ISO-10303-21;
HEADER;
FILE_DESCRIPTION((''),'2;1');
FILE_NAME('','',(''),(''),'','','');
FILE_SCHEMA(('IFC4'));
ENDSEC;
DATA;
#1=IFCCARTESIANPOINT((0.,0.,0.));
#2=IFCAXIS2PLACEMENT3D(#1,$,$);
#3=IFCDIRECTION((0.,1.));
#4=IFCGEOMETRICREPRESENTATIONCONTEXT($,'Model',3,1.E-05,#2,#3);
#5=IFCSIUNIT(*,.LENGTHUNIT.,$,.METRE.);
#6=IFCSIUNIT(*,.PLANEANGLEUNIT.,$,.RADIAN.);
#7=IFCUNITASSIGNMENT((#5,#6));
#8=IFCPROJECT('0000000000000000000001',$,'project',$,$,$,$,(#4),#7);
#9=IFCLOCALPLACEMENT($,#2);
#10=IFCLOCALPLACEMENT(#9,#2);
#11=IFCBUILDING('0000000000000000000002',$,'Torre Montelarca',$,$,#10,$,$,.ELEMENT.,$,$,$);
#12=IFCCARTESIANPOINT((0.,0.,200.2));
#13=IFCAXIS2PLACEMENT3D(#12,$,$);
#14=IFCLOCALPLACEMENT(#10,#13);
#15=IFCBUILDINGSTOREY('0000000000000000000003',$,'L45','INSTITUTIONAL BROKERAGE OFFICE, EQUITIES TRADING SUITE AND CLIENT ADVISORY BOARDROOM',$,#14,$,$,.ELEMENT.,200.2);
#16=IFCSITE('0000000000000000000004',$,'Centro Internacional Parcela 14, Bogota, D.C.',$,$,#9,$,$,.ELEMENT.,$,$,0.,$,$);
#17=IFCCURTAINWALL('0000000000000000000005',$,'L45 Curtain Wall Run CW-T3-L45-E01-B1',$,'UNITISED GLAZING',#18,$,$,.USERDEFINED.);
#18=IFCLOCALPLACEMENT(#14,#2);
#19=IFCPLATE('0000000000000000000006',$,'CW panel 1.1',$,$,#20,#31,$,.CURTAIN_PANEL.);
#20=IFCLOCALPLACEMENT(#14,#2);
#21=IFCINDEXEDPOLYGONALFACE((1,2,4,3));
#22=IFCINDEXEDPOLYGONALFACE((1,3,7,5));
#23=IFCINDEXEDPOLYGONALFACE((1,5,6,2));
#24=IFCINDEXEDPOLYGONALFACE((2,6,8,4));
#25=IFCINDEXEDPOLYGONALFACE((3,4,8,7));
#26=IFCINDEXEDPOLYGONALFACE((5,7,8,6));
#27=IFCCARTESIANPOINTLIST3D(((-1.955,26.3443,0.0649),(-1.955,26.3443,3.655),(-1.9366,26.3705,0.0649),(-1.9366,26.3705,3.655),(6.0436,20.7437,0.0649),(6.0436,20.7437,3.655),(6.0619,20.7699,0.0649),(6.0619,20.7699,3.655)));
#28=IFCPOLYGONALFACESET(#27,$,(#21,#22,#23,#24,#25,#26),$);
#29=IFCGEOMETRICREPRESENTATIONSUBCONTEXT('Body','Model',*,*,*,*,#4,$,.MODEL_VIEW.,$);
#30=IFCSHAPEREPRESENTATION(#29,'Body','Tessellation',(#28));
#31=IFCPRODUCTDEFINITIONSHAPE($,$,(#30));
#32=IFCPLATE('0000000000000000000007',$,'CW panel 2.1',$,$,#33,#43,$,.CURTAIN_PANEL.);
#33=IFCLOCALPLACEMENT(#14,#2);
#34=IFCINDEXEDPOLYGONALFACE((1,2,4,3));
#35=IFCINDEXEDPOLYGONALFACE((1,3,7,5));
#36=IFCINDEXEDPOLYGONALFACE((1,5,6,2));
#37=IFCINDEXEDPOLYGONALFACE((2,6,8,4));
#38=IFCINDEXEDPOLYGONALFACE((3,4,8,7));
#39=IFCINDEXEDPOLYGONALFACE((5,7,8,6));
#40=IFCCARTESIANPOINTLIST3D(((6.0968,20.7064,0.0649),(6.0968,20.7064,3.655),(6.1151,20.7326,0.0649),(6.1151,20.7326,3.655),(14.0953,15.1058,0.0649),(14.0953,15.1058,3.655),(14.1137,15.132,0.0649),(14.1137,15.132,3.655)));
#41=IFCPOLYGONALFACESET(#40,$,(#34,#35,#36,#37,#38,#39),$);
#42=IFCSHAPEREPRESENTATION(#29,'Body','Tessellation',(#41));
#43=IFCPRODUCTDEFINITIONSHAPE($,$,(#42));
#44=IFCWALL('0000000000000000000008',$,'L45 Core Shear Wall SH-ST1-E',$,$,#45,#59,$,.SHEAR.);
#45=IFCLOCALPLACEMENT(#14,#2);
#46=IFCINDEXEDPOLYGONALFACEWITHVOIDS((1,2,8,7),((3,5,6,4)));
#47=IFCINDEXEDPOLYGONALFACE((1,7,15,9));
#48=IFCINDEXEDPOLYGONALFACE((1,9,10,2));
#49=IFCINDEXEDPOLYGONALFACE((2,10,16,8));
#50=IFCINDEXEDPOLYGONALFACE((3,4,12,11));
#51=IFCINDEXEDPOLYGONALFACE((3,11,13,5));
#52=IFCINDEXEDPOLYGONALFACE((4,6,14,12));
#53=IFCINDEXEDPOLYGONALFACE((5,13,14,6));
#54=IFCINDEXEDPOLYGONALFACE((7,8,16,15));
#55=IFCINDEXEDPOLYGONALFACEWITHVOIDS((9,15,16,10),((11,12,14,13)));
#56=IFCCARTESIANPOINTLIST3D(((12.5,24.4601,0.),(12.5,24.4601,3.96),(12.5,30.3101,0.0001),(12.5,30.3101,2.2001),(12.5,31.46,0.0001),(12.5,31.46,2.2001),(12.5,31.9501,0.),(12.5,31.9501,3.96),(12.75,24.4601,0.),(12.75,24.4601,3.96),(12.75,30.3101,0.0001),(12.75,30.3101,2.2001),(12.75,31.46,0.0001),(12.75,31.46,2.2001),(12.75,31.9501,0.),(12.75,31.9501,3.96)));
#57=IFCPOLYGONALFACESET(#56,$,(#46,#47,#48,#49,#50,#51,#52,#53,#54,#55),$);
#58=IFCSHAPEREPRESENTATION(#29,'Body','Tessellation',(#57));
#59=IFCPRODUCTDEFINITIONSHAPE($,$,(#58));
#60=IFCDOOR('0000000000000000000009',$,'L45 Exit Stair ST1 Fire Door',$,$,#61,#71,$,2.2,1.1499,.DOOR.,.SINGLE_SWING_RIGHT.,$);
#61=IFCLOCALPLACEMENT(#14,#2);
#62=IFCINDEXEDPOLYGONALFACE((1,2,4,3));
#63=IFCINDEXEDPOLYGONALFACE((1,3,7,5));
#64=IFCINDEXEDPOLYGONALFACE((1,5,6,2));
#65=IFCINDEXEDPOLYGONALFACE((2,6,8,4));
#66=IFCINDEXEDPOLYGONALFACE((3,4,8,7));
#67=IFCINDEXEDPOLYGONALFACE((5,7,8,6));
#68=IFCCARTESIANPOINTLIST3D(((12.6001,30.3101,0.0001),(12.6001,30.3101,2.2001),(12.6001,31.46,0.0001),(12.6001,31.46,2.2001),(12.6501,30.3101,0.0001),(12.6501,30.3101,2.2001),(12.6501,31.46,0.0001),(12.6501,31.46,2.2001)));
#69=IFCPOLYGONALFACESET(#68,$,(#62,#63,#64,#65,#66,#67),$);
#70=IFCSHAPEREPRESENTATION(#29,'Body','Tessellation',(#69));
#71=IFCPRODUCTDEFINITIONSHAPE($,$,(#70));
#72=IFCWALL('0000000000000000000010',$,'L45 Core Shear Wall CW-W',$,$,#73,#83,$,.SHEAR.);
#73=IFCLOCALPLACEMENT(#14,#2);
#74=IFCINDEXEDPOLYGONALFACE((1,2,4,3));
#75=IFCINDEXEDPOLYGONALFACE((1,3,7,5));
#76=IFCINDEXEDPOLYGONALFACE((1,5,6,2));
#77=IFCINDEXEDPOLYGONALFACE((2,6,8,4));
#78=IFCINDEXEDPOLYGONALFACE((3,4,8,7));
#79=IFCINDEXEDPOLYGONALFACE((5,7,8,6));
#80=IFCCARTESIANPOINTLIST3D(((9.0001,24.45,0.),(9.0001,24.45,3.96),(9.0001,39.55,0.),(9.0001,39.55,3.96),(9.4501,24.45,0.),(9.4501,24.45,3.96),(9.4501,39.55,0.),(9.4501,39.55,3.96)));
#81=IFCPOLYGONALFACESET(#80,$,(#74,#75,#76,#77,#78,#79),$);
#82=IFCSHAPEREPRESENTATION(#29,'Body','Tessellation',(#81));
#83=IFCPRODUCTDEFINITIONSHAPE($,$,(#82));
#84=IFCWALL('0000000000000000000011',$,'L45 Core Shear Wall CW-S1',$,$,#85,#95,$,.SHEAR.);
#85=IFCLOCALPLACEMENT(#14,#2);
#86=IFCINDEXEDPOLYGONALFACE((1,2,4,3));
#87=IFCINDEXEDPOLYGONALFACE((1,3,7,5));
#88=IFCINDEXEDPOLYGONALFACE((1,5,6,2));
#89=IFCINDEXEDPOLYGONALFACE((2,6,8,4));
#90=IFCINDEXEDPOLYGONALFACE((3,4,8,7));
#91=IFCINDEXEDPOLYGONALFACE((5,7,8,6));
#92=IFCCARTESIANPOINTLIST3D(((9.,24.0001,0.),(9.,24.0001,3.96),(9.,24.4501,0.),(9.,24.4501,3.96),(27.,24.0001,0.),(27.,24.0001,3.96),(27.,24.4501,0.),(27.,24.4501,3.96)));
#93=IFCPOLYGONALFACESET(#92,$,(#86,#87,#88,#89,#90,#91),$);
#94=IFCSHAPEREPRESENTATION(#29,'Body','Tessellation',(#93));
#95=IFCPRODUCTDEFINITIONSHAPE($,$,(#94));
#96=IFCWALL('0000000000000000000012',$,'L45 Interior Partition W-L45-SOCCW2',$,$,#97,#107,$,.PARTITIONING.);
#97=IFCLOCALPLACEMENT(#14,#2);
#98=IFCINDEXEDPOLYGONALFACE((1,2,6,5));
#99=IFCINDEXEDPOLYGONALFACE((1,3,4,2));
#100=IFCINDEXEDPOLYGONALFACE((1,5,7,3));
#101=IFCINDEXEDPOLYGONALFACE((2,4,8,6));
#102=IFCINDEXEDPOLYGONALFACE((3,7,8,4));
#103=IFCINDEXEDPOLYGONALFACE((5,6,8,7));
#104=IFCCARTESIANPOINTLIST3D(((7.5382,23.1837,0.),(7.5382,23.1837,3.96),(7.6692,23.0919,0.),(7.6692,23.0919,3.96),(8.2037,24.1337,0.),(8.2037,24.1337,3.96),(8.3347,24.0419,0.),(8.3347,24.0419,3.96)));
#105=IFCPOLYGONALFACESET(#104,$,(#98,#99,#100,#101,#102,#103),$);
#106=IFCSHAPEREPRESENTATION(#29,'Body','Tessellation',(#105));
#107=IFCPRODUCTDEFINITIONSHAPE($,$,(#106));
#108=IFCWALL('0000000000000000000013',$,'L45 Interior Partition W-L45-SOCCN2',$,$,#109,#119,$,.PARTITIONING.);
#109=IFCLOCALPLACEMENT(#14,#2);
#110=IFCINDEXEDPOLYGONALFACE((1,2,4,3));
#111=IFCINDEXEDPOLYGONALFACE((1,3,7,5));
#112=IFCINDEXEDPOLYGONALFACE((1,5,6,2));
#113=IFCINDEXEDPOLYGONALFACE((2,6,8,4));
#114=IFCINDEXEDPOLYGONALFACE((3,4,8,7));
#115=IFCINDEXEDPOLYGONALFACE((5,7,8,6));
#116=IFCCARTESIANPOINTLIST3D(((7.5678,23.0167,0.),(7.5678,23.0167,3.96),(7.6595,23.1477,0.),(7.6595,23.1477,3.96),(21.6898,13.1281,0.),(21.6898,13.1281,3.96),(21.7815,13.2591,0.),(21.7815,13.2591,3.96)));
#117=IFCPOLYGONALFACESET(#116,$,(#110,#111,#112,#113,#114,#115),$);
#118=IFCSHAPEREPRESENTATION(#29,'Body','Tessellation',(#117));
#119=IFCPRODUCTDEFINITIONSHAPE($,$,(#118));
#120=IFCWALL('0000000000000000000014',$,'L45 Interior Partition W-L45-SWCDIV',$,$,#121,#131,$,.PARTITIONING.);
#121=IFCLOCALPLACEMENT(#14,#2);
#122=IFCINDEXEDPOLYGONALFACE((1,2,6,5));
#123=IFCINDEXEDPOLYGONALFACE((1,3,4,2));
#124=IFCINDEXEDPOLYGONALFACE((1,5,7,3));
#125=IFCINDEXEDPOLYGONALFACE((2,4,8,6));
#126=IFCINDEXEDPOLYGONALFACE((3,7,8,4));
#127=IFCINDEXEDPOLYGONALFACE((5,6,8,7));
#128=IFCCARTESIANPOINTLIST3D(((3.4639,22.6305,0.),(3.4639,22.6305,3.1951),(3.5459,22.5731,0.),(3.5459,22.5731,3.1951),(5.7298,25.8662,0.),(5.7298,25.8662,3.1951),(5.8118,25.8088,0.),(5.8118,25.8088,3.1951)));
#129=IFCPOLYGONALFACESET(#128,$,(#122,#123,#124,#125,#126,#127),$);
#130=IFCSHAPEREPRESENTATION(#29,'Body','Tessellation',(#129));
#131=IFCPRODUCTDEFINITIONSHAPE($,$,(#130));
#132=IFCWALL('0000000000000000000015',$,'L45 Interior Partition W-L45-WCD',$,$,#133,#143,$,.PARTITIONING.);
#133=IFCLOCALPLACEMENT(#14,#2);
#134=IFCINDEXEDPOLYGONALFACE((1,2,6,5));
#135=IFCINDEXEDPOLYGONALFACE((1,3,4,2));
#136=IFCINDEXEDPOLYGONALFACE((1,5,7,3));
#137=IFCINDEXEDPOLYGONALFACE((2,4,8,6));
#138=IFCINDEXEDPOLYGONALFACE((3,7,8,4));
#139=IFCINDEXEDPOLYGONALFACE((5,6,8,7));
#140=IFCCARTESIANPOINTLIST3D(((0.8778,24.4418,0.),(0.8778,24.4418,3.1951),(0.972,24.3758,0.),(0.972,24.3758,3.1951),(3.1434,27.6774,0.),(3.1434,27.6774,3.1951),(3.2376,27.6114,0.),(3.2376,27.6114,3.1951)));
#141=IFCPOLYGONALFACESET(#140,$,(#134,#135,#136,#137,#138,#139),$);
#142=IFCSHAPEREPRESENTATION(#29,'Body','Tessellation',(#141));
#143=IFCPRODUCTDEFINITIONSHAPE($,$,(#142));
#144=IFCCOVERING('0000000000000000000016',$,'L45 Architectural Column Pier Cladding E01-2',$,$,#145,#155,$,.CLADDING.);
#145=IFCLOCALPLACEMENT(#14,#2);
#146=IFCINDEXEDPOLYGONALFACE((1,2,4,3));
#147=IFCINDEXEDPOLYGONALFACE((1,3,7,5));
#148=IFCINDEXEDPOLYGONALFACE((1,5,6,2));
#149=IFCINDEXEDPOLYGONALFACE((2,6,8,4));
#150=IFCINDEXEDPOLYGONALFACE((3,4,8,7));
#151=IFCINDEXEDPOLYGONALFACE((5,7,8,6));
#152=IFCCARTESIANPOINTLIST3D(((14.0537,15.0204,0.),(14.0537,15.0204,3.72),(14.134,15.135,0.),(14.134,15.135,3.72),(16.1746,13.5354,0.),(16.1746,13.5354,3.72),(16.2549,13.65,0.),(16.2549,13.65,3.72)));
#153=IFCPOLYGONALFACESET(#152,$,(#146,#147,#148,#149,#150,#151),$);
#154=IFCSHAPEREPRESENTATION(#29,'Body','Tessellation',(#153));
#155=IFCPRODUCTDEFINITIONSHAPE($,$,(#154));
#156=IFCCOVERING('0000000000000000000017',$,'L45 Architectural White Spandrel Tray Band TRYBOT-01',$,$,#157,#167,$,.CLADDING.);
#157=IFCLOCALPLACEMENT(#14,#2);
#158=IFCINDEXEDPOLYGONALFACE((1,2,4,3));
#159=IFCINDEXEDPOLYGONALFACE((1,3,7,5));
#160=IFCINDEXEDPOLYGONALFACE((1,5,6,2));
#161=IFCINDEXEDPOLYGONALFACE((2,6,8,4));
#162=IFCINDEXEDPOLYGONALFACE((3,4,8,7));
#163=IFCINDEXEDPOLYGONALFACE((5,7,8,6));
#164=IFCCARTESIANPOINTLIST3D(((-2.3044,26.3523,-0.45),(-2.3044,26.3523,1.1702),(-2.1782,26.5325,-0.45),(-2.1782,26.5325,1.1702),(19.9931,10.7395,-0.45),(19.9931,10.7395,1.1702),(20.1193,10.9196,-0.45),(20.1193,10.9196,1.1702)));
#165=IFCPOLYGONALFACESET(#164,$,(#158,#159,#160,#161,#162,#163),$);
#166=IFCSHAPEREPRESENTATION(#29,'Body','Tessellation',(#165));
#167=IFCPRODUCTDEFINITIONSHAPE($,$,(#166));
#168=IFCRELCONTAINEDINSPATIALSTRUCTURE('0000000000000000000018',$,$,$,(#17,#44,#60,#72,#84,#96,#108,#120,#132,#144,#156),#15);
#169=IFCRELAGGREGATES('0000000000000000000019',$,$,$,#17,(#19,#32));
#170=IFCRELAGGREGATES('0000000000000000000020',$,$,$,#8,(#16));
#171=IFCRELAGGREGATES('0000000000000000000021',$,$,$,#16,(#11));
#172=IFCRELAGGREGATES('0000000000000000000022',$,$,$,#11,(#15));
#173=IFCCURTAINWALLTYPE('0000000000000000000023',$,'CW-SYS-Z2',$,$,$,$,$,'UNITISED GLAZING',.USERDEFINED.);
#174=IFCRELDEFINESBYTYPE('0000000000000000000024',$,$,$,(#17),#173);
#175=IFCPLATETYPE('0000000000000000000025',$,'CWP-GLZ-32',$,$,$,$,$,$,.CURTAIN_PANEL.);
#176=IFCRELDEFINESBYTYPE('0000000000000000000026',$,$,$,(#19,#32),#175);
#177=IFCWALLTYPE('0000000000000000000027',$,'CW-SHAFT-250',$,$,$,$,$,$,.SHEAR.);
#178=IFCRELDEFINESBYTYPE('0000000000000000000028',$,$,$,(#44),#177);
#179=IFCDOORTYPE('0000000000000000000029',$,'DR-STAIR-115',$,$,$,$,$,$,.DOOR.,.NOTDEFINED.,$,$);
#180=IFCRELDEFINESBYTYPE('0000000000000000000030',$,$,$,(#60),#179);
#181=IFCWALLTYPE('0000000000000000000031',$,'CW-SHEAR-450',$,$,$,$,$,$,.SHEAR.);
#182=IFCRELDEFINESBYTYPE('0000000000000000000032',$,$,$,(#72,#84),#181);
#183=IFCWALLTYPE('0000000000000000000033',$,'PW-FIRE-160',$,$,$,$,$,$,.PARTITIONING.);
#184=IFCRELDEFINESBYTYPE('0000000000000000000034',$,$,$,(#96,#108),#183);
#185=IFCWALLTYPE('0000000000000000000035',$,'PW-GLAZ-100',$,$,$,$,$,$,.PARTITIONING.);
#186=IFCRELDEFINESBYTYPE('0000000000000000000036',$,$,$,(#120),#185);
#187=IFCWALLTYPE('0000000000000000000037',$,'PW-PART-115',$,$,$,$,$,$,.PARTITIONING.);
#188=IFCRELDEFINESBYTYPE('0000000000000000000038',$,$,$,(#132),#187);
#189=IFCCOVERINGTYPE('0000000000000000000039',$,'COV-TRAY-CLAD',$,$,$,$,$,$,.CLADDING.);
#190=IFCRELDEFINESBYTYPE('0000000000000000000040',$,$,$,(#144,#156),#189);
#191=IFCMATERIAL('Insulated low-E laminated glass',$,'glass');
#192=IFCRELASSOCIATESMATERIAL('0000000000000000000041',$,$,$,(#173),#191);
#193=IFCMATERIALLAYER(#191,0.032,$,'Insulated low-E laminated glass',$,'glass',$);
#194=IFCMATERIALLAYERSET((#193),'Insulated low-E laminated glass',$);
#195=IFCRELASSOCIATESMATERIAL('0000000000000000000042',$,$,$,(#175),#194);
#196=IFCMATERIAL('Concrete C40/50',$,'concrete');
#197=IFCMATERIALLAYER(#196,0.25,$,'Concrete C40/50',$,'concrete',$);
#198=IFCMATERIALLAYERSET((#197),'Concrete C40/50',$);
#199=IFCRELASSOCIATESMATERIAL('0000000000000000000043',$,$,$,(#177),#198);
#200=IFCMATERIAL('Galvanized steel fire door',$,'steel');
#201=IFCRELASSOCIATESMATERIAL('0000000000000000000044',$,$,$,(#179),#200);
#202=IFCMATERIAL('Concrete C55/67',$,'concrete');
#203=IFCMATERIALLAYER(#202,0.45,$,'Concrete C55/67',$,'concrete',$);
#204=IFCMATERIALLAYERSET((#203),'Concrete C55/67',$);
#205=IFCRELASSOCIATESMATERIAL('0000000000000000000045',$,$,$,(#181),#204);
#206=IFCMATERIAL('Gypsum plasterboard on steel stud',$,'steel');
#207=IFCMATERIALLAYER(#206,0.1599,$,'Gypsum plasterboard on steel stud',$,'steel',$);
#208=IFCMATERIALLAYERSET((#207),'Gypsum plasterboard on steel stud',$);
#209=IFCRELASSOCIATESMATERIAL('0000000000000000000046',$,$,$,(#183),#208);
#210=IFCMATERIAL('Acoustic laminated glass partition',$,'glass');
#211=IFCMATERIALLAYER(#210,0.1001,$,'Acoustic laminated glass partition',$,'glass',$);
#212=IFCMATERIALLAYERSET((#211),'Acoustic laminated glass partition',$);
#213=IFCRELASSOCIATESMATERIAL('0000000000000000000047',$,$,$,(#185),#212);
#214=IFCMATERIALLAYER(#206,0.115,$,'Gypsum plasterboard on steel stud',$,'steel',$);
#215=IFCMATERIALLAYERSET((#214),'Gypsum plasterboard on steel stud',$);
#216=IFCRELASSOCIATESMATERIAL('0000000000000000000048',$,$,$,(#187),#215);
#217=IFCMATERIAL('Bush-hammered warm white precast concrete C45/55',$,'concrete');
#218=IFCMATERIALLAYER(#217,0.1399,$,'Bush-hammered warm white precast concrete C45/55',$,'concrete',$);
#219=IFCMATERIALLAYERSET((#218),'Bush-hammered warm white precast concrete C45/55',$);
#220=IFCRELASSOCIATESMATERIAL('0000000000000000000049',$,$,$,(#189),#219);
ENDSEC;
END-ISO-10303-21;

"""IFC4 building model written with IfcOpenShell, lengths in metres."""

from ifc_helpers import new_model, si_unit, direction, frame, frame_2d, origin, origin_2d, place, context, subcontext, project, spatial, rectangle, extrude, source, transform, mapped, material, layer, layer_set, type_object, element, fill, aggregate, save


model = new_model("IFC4")

# Units and contexts
model_context = context("Model", 3, precision=1e-05, world=origin(), true_north=direction((0.0, 1.0)))
body_context = subcontext(model_context, "Body", "Model", "MODEL_VIEW")
ifc_project = project(units=[si_unit("LENGTHUNIT", "METRE"), si_unit("PLANEANGLEUNIT", "RADIAN")], contexts=[model_context])

# Site, building, storey
site_placement = place(None, origin())
site = spatial("IfcSite", under=ifc_project, at=site_placement, Name="Centro Internacional Parcela 14, Bogota, D.C.", CompositionType="ELEMENT", RefElevation=0.0)
building_placement = place(site_placement, origin())
building = spatial("IfcBuilding", under=site, at=building_placement, Name="Torre Montelarca", CompositionType="ELEMENT")
storey_placement = place(building_placement, frame((0.0, 0.0, 200.2)))
storey = spatial("IfcBuildingStorey", under=building, at=storey_placement, Name="L45", Description="INSTITUTIONAL BROKERAGE OFFICE, EQUITIES TRADING SUITE AND CLIENT ADVISORY BOARDROOM", CompositionType="ELEMENT", Elevation=200.2)

# Shared definitions
ifc_material_1 = material(Name="Concrete C55/67", Category="concrete")

# Curtain wall
ifc_material_2 = material(Name="Insulated low-E laminated glass", Category="glass")
curtain_wall_type = type_object("IfcCurtainWallType", Name="CW-SYS-Z2", ElementType="UNITISED GLAZING", PredefinedType="USERDEFINED", material=ifc_material_2)
curtain_wall_1_placement = place(storey_placement, origin())
curtain_wall_1 = element("IfcCurtainWall", 1, at=curtain_wall_1_placement, inside=storey, type_object=curtain_wall_type, Name="L45 Curtain Wall Run CW-T3-L45-E01-B1", ObjectType="UNITISED GLAZING", PredefinedType="USERDEFINED")

# Shared definitions
ifc_material_3 = material(Name="Concrete C40/50", Category="concrete")

# Plates
ifc_layer_1 = layer(ifc_material_2, 0.032, Name="Insulated low-E laminated glass", Category="glass")
ifc_layer_set_1 = layer_set([ifc_layer_1], Name="Insulated low-E laminated glass")
plate_type = type_object("IfcPlateType", Name="CWP-GLZ-32", PredefinedType="CURTAIN_PANEL", material=ifc_layer_set_1)
shared_shape_1 = source(origin(), body_context, "Body", "SweptSolid", [
    extrude(rectangle(XDim=9.7644, YDim=0.032, at=origin_2d()), origin(), (0.0, 0.0, 1.0), 3.5901),
])
plate_1_placement = place(storey_placement, frame((2.0535, 23.5571, 0.0649), z_axis=(0.0, 0.0, 1.0), x_axis=(0.819155, -0.573573, 0.0)))
plate_1 = element("IfcPlate", 2, at=plate_1_placement, type_object=plate_type, Name="CW panel 1.1", PredefinedType="CURTAIN_PANEL", context=body_context, shape_type="MappedRepresentation", body=[
    mapped(shared_shape_1, transform((0.0, 0.0, 0.0), scale=1.0)),
])
plate_2_placement = place(storey_placement, frame((10.1052, 17.9192, 0.0649), z_axis=(0.0, 0.0, 1.0), x_axis=(0.819155, -0.573573, 0.0)))
plate_2 = element("IfcPlate", 3, at=plate_2_placement, type_object=plate_type, Name="CW panel 2.1", PredefinedType="CURTAIN_PANEL", context=body_context, shape_type="MappedRepresentation", body=[
    mapped(shared_shape_1, transform((0.0, 0.0, 0.0), scale=1.0)),
])
aggregate(curtain_wall_1, [plate_1, plate_2])

# Wall, opening, door
ifc_layer_2 = layer(ifc_material_3, 0.25, Name="Concrete C40/50", Category="concrete")
ifc_layer_set_2 = layer_set([ifc_layer_2], Name="Concrete C40/50")
wall_type_1 = type_object("IfcWallType", Name="CW-SHAFT-250", PredefinedType="SHEAR", material=ifc_layer_set_2)
wall_1_placement = place(storey_placement, frame((12.625, 24.46, 0.0), z_axis=(0.0, 0.0, 1.0), x_axis=(0.0, 1.0, 0.0)))
wall_1 = element("IfcWall", 4, at=wall_1_placement, inside=storey, type_object=wall_type_1, Name="L45 Core Shear Wall SH-ST1-E", PredefinedType="SHEAR", context=body_context, shape_type="SweptSolid", body=[
    extrude(rectangle(XDim=7.49, YDim=0.25, at=frame_2d((3.7451, 0.0))), origin(), (0.0, 0.0, 1.0), 3.96),
])
opening_1_placement = place(wall_1_placement, frame((5.8501, 0.0, 0.0)))
opening_1 = element("IfcOpeningElement", 5, at=opening_1_placement, cuts=wall_1, PredefinedType="OPENING", context=body_context, shape_type="SweptSolid", body=[
    extrude(rectangle(XDim=1.1499, YDim=2.2, at=frame_2d((0.575, 1.1001))), frame((0.0, 0.135, 0.0), z_axis=(0.0, -1.0, 0.0), x_axis=(1.0, 0.0, 0.0)), (0.0, 0.0, 1.0), 0.27),
])
ifc_material_4 = material(Name="Galvanized steel fire door", Category="steel")
door_type_1 = type_object("IfcDoorType", Name="DR-STAIR-115", OperationType="NOTDEFINED", PredefinedType="DOOR", material=ifc_material_4)
shared_shape_2 = source(origin(), body_context, "Body", "SweptSolid", [
    extrude(rectangle(XDim=1.1499, YDim=2.2, at=frame_2d((0.575, 1.1001))), frame((0.0, 0.0249, 0.0), z_axis=(0.0, -1.0, 0.0), x_axis=(1.0, 0.0, 0.0)), (0.0, 0.0, 1.0), 0.05),
])
door_1_placement = place(opening_1_placement, origin())
door_1 = element("IfcDoor", 6, at=door_1_placement, inside=storey, type_object=door_type_1, Name="L45 Exit Stair ST1 Fire Door", OperationType="SINGLE_SWING_RIGHT", OverallHeight=2.2, OverallWidth=1.1499, PredefinedType="DOOR", context=body_context, shape_type="MappedRepresentation", body=[
    mapped(shared_shape_2, transform((0.0, 0.0, 0.0), scale=1.0)),
])
fill(opening_1, door_1)

# Walls
ifc_layer_3 = layer(ifc_material_1, 0.45, Name="Concrete C55/67", Category="concrete")
ifc_layer_set_3 = layer_set([ifc_layer_3], Name="Concrete C55/67")
wall_type_2 = type_object("IfcWallType", Name="CW-SHEAR-450", PredefinedType="SHEAR", material=ifc_layer_set_3)
wall_2_placement = place(storey_placement, frame((9.2251, 24.45, 0.0), z_axis=(0.0, 0.0, 1.0), x_axis=(0.0, 1.0, 0.0)))
element("IfcWall", 7, at=wall_2_placement, inside=storey, type_object=wall_type_2, Name="L45 Core Shear Wall CW-W", PredefinedType="SHEAR", context=body_context, shape_type="SweptSolid", body=[
    extrude(rectangle(XDim=15.1001, YDim=0.45, at=frame_2d((7.55, 0.0))), origin(), (0.0, 0.0, 1.0), 3.96),
])
wall_3_placement = place(storey_placement, frame((9.0, 24.2251, 0.0), z_axis=(0.0, 0.0, 1.0), x_axis=(1.0, 0.0, 0.0)))
element("IfcWall", 8, at=wall_3_placement, inside=storey, type_object=wall_type_2, Name="L45 Core Shear Wall CW-S1", PredefinedType="SHEAR", context=body_context, shape_type="SweptSolid", body=[
    extrude(rectangle(XDim=18.0, YDim=0.45, at=frame_2d((9.0, 0.0))), origin(), (0.0, 0.0, 1.0), 3.96),
])

# Shared definitions
ifc_material_5 = material(Name="Gypsum plasterboard on steel stud", Category="steel")
ifc_layer_4 = layer(ifc_material_5, 0.1599, Name="Gypsum plasterboard on steel stud", Category="steel")
ifc_layer_set_4 = layer_set([ifc_layer_4], Name="Gypsum plasterboard on steel stud")
wall_type_3 = type_object("IfcWallType", Name="PW-FIRE-160", PredefinedType="PARTITIONING", material=ifc_layer_set_4)

# Walls
wall_4_placement = place(storey_placement, frame((8.2693, 24.0879, 0.0), z_axis=(0.0, 0.0, 1.0), x_axis=(-0.573787, -0.819004, 0.0)))
element("IfcWall", 9, at=wall_4_placement, inside=storey, type_object=wall_type_3, Name="L45 Interior Partition W-L45-SOCCW2", PredefinedType="PARTITIONING", context=body_context, shape_type="SweptSolid", body=[
    extrude(rectangle(XDim=1.1599, YDim=0.1599, at=frame_2d((0.5801, 0.0))), origin(), (0.0, 0.0, 1.0), 3.96),
])
wall_5_placement = place(storey_placement, frame((7.6135, 23.0823, 0.0), z_axis=(0.0, 0.0, 1.0), x_axis=(0.819144, -0.573588, 0.0)))
element("IfcWall", 10, at=wall_5_placement, inside=storey, type_object=wall_type_3, Name="L45 Interior Partition W-L45-SOCCN2", PredefinedType="PARTITIONING", context=body_context, shape_type="SweptSolid", body=[
    extrude(rectangle(XDim=17.24, YDim=0.1599, at=frame_2d((8.6201, 0.0))), origin(), (0.0, 0.0, 1.0), 3.96),
])
ifc_material_6 = material(Name="Acoustic laminated glass partition", Category="glass")
ifc_layer_5 = layer(ifc_material_6, 0.1001, Name="Acoustic laminated glass partition", Category="glass")
ifc_layer_set_5 = layer_set([ifc_layer_5], Name="Acoustic laminated glass partition")
wall_type_4 = type_object("IfcWallType", Name="PW-GLAZ-100", PredefinedType="PARTITIONING", material=ifc_layer_set_5)
wall_6_placement = place(storey_placement, frame((3.5049, 22.6018, 0.0), z_axis=(0.0, 0.0, 1.0), x_axis=(0.573624, 0.819119, 0.0)))
element("IfcWall", 11, at=wall_6_placement, inside=storey, type_object=wall_type_4, Name="L45 Interior Partition W-L45-SWCDIV", PredefinedType="PARTITIONING", context=body_context, shape_type="SweptSolid", body=[
    extrude(rectangle(XDim=3.9502, YDim=0.1001, at=frame_2d((1.9751, 0.0))), origin(), (0.0, 0.0, 1.0), 3.1951),
])
ifc_layer_6 = layer(ifc_material_5, 0.115, Name="Gypsum plasterboard on steel stud", Category="steel")
ifc_layer_set_6 = layer_set([ifc_layer_6], Name="Gypsum plasterboard on steel stud")
wall_type_5 = type_object("IfcWallType", Name="PW-PART-115", PredefinedType="PARTITIONING", material=ifc_layer_set_6)
wall_7_placement = place(storey_placement, frame((0.9248, 24.4087, 0.0), z_axis=(0.0, 0.0, 1.0), x_axis=(0.573583, 0.819148, 0.0)))
element("IfcWall", 12, at=wall_7_placement, inside=storey, type_object=wall_type_5, Name="L45 Interior Partition W-L45-WCD", PredefinedType="PARTITIONING", context=body_context, shape_type="SweptSolid", body=[
    extrude(rectangle(XDim=3.95, YDim=0.115, at=frame_2d((1.9751, 0.0))), origin(), (0.0, 0.0, 1.0), 3.1951),
])

# Coverings
ifc_material_7 = material(Name="Bush-hammered warm white precast concrete C45/55", Category="concrete")
ifc_layer_7 = layer(ifc_material_7, 0.1399, Name="Bush-hammered warm white precast concrete C45/55", Category="concrete")
ifc_layer_set_7 = layer_set([ifc_layer_7], Name="Bush-hammered warm white precast concrete C45/55")
covering_type = type_object("IfcCoveringType", Name="COV-TRAY-CLAD", PredefinedType="CLADDING", material=ifc_layer_set_7)
shared_shape_3 = source(origin(), body_context, "Body", "SweptSolid", [
    extrude(rectangle(XDim=2.5891, YDim=0.1399, at=origin_2d()), origin(), (0.0, 0.0, 1.0), 3.72),
])
covering_1_placement = place(storey_placement, frame((15.1543, 14.3352, 0.0), z_axis=(0.0, 0.0, 1.0), x_axis=(0.819154, -0.573574, 0.0)))
element("IfcCovering", 13, at=covering_1_placement, inside=storey, type_object=covering_type, Name="L45 Architectural Column Pier Cladding E01-2", PredefinedType="CLADDING", context=body_context, shape_type="MappedRepresentation", body=[
    mapped(shared_shape_3, transform((0.0, 0.0, 0.0), scale=1.0)),
])
shared_shape_4 = source(origin(), body_context, "Body", "SweptSolid", [
    extrude(rectangle(XDim=27.2202, YDim=0.22, at=origin_2d()), origin(), (0.0, 0.0, 1.0), 1.6201),
])
covering_2_placement = place(storey_placement, frame((8.9075, 18.636, -0.45), z_axis=(0.0, 0.0, 1.0), x_axis=(0.819152, -0.573576, 0.0)))
element("IfcCovering", 14, at=covering_2_placement, inside=storey, type_object=covering_type, Name="L45 Architectural White Spandrel Tray Band TRYBOT-01", PredefinedType="CLADDING", context=body_context, shape_type="MappedRepresentation", body=[
    mapped(shared_shape_4, transform((0.0, 0.0, 0.0), scale=1.0)),
])

save(model, "model.ifc")
